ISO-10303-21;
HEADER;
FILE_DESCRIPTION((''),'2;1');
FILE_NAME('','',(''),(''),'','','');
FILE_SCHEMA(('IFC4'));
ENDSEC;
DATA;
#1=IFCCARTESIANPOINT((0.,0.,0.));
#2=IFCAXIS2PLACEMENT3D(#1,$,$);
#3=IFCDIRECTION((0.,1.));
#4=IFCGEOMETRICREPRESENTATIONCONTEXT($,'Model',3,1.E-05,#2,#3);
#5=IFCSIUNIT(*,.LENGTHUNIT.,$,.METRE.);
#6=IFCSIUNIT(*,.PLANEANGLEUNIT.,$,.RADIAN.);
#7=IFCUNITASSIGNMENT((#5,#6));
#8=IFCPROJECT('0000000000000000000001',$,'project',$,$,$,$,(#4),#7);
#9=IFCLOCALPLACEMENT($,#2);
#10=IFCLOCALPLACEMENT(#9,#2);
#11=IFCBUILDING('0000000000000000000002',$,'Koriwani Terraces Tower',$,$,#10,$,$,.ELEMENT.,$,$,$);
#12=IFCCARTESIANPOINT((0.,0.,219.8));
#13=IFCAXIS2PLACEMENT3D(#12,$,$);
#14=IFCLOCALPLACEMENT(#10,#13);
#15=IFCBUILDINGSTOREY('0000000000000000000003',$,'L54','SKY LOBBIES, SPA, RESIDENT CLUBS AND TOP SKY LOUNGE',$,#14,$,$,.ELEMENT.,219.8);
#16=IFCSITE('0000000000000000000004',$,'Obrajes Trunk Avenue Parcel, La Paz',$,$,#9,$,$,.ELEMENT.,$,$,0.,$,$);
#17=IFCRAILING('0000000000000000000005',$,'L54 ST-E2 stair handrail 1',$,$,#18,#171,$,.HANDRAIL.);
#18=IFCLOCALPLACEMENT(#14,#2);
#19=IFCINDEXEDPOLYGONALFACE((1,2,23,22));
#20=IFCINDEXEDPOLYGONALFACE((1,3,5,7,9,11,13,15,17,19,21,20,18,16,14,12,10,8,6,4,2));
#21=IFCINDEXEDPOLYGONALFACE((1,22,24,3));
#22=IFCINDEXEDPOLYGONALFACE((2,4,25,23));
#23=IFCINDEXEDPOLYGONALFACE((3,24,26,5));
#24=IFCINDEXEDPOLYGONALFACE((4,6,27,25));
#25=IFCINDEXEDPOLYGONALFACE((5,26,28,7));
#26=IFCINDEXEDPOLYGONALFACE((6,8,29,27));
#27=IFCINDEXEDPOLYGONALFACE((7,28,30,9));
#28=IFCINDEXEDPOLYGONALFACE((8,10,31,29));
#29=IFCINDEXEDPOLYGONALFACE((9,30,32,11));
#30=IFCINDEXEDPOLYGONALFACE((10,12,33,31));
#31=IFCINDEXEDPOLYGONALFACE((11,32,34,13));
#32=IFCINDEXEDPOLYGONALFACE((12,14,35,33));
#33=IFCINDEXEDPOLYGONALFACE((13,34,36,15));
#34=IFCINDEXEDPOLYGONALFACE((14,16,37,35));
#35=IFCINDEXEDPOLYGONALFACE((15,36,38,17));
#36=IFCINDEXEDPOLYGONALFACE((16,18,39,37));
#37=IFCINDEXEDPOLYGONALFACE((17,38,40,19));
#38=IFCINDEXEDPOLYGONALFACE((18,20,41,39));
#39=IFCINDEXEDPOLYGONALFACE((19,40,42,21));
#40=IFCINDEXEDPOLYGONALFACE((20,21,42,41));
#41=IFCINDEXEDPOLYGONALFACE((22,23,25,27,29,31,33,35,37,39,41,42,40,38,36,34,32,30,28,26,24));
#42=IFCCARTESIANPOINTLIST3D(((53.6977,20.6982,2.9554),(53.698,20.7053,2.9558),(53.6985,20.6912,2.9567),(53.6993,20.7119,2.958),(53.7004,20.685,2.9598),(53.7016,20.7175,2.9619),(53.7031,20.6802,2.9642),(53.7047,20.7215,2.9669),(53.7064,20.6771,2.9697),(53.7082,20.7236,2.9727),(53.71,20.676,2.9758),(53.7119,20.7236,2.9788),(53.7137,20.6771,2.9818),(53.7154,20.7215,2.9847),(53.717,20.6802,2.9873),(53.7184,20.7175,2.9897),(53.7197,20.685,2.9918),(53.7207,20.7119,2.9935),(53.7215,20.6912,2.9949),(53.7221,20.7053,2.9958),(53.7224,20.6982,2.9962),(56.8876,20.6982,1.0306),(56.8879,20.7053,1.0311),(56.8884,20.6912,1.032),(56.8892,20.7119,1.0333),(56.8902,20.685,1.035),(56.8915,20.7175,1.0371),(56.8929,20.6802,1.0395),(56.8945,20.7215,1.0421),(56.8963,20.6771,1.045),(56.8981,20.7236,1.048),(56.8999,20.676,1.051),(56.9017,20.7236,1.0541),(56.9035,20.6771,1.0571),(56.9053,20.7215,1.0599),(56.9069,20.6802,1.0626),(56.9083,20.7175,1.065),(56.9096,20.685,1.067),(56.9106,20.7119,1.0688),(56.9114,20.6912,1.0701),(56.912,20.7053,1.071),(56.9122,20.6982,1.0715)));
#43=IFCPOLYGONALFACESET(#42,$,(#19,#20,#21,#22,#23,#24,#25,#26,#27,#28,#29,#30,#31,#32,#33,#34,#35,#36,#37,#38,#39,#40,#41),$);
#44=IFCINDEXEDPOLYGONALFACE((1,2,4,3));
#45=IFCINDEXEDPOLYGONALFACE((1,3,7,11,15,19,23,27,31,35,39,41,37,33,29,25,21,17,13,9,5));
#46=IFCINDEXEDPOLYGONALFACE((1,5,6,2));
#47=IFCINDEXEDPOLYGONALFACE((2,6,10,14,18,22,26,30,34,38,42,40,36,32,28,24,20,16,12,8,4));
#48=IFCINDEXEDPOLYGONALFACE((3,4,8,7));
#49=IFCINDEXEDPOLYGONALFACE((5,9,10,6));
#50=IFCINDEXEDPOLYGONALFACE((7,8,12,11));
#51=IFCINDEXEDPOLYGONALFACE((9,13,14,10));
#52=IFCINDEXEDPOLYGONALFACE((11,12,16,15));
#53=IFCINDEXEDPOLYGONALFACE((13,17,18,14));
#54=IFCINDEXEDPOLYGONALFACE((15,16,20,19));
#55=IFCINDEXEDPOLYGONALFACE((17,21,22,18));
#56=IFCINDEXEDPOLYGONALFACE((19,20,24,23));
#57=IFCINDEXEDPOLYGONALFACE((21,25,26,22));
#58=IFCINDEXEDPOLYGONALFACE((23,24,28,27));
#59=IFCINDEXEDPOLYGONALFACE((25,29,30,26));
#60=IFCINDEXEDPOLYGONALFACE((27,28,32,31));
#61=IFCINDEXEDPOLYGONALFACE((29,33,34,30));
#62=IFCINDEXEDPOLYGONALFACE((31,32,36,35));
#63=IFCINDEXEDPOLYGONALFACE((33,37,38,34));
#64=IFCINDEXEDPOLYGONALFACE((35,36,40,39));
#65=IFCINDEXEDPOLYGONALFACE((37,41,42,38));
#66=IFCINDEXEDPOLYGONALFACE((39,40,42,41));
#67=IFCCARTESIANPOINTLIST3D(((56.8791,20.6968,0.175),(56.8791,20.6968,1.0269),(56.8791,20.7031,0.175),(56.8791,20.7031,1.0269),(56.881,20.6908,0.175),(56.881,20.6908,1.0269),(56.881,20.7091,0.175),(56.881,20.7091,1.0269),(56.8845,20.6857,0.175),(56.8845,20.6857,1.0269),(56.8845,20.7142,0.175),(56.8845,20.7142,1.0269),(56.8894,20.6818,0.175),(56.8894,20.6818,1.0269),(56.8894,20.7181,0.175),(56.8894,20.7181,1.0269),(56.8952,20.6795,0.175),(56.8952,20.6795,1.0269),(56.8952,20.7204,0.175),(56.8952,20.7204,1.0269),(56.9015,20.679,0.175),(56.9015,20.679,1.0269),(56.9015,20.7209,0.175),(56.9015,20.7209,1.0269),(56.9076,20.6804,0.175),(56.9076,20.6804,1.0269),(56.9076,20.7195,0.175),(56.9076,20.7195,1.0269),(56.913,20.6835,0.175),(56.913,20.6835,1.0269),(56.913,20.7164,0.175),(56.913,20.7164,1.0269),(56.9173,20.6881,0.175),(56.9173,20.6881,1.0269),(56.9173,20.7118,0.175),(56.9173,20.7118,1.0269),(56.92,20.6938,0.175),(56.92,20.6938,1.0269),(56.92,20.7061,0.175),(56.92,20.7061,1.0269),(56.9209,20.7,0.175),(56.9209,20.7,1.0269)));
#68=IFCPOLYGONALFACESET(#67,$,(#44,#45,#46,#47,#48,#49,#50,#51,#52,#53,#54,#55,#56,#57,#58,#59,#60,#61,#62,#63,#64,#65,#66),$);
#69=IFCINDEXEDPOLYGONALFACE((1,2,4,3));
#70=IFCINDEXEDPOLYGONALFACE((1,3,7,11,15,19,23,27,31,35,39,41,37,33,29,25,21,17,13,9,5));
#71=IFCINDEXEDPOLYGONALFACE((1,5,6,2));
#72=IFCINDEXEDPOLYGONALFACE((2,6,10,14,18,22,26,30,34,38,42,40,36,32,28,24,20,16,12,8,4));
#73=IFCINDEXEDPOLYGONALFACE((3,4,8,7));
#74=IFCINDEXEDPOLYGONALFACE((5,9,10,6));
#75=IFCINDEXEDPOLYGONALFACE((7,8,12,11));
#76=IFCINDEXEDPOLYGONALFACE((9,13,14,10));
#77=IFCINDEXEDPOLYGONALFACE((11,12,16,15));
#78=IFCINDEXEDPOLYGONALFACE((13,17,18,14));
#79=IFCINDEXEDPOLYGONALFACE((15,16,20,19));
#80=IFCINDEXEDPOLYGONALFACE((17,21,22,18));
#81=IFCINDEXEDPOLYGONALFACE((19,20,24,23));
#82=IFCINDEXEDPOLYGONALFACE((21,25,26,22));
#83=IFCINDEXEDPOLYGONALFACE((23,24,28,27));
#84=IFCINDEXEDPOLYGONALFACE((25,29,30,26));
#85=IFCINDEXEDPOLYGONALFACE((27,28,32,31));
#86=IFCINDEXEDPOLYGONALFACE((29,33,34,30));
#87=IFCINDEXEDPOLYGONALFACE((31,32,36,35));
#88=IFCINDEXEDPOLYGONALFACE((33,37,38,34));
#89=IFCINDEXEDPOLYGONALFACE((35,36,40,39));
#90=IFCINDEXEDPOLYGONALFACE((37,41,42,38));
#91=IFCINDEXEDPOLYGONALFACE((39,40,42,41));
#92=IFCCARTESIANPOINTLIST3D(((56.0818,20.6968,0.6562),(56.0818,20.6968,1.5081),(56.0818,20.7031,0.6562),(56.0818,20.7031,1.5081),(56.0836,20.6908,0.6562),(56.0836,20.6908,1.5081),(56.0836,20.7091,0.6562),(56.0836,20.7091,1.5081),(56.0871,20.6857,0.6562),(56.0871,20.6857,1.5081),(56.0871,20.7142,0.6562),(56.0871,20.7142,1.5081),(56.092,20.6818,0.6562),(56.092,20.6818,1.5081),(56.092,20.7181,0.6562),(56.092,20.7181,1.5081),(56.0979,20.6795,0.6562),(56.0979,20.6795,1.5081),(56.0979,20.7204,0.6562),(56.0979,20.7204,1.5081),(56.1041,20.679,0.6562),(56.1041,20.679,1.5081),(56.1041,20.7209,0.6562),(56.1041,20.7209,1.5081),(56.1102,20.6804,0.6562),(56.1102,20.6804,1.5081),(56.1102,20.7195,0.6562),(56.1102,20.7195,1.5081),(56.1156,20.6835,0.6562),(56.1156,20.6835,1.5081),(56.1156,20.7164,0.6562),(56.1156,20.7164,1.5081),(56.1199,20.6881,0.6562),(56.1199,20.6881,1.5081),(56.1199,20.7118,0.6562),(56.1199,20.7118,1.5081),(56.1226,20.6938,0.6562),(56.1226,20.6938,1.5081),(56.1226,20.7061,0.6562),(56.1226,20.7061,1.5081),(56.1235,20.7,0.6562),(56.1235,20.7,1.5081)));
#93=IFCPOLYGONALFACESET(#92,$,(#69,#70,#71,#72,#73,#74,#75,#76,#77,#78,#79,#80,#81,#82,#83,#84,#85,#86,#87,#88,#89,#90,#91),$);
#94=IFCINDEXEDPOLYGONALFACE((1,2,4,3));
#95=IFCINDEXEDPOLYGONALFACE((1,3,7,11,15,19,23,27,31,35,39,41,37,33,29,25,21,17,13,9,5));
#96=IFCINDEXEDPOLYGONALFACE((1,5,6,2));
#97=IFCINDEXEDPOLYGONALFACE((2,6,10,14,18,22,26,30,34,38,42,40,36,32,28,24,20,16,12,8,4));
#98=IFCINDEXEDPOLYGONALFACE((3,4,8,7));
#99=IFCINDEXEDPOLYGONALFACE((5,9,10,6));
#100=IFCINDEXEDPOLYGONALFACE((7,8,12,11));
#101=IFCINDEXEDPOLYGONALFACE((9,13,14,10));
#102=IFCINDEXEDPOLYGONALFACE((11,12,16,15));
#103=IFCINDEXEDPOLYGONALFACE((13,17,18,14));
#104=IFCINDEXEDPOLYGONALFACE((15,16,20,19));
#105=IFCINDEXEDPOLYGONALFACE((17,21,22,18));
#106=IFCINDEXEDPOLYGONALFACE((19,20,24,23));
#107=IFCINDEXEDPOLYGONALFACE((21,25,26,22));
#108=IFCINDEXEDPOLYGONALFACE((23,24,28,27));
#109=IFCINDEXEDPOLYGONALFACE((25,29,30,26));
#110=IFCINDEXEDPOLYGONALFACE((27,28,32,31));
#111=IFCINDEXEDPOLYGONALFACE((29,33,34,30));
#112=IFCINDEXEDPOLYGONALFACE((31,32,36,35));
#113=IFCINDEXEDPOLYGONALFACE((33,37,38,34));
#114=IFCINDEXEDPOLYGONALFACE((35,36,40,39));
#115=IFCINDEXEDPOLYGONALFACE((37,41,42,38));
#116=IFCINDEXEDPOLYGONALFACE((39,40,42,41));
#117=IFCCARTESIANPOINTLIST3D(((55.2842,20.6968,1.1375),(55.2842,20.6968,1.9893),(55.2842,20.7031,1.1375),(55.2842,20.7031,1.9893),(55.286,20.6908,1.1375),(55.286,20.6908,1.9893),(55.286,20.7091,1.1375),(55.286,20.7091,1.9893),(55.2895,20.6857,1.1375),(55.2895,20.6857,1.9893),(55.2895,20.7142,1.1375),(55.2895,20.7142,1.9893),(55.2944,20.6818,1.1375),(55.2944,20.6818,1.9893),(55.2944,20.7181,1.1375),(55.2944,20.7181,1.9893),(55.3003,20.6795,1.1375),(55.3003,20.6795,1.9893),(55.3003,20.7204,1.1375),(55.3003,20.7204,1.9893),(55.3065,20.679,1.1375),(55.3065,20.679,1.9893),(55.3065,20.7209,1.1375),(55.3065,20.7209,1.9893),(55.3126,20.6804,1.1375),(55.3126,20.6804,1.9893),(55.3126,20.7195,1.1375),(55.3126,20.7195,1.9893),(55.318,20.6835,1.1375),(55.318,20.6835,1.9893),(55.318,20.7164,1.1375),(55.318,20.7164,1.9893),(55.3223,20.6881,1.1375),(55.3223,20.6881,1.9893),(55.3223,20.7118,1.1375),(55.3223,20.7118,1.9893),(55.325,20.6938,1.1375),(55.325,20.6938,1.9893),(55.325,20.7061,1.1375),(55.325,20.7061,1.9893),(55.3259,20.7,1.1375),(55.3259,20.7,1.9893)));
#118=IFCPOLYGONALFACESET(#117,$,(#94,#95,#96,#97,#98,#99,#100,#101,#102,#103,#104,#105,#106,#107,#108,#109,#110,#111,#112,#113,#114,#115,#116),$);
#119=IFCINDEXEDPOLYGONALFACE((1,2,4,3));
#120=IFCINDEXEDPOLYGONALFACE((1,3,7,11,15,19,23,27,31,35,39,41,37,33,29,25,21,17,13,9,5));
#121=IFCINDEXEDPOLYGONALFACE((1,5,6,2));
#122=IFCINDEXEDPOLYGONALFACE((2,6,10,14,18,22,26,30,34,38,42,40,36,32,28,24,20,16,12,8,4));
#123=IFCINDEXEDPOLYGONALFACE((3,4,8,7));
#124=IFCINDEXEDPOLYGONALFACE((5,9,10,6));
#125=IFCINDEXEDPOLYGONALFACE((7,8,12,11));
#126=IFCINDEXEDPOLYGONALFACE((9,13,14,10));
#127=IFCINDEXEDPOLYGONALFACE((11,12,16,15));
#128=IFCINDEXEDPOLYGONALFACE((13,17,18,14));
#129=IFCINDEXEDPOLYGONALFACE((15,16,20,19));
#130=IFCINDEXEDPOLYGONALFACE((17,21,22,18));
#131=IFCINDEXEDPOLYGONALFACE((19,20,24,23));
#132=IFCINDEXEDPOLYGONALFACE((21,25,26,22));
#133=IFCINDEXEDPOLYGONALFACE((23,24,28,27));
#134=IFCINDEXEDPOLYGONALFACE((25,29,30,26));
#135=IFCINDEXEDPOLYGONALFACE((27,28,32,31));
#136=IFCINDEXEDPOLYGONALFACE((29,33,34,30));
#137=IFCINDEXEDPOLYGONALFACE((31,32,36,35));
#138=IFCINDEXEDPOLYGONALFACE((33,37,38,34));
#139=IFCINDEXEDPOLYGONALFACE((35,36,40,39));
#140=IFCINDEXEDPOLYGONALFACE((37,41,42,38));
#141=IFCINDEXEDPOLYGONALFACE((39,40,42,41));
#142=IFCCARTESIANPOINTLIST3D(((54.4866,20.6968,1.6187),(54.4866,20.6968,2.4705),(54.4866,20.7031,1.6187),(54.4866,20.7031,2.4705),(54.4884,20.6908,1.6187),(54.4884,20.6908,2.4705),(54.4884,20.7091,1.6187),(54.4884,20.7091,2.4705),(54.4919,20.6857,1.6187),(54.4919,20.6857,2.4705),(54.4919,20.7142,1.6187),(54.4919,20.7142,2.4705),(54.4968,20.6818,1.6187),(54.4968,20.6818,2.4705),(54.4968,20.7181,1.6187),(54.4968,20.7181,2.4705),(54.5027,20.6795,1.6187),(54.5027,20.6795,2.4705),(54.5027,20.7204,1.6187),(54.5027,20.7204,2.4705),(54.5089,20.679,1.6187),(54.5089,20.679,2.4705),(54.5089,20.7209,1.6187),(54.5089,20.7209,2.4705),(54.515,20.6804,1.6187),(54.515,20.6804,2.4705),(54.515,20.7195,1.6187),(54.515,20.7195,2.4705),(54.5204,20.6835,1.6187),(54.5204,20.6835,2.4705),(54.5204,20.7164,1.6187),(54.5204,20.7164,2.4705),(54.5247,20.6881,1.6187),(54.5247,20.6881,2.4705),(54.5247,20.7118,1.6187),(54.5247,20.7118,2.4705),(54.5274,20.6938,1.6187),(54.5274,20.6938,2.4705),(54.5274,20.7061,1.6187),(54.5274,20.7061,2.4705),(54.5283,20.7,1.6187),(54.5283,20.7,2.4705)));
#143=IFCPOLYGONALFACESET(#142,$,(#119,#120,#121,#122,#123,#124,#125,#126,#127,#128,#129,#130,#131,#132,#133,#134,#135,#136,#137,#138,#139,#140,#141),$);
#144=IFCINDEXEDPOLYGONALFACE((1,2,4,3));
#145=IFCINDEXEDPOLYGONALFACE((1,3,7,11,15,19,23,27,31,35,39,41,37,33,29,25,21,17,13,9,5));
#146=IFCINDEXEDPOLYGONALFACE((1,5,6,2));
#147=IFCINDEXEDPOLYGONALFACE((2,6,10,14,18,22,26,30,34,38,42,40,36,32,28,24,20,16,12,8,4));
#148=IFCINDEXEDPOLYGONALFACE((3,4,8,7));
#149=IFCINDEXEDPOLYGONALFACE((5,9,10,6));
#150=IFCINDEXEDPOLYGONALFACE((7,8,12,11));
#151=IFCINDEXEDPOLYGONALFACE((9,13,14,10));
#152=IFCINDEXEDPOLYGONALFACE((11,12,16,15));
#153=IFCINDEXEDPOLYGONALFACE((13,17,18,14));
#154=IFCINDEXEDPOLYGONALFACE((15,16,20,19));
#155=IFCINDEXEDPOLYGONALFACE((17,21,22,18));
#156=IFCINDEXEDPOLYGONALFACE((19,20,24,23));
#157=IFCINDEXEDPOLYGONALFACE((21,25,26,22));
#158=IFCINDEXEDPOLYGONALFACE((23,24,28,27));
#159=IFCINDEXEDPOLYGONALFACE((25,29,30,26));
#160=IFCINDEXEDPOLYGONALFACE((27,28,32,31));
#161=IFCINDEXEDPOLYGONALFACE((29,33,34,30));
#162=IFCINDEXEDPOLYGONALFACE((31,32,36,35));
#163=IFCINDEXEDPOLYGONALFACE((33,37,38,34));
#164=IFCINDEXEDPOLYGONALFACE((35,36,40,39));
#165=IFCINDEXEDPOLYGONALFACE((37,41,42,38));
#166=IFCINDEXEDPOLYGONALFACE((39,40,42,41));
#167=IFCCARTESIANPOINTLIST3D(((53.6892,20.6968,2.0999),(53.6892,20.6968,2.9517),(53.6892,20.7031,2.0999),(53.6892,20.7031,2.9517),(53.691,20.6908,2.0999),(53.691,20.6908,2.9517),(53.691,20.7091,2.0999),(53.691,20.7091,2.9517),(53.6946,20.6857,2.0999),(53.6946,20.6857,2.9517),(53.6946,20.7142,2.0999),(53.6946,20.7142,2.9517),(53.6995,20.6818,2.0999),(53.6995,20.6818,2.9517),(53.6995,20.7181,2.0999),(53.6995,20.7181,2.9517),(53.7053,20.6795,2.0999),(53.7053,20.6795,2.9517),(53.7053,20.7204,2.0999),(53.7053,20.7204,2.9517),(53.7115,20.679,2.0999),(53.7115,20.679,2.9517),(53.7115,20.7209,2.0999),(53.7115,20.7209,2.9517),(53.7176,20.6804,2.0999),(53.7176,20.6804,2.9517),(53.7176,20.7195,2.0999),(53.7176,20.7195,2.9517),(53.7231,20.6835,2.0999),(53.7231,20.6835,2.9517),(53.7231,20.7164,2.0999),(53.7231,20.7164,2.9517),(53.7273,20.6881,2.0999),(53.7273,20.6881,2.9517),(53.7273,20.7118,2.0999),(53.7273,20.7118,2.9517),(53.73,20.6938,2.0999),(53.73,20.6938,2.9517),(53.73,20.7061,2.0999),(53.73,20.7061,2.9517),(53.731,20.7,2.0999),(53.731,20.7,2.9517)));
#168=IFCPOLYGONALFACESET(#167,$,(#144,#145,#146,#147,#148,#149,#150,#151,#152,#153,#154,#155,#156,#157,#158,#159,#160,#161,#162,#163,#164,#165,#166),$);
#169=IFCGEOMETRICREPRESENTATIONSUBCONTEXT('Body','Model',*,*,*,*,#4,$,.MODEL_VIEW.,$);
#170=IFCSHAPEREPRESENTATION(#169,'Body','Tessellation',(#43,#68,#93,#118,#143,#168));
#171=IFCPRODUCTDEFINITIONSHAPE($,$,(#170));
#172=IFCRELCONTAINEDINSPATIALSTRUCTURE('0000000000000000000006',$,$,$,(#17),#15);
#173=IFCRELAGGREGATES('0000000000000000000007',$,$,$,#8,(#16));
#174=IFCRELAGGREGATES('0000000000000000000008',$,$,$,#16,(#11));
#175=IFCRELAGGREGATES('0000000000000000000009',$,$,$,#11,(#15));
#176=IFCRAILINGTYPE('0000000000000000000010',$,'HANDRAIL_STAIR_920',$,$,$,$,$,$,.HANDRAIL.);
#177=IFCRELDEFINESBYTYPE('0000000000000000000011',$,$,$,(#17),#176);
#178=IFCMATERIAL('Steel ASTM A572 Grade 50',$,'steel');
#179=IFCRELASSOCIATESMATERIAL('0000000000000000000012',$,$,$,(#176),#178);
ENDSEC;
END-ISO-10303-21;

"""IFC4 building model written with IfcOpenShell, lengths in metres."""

from ifc_helpers import new_model, si_unit, direction, frame, origin, origin_2d, place, context, subcontext, project, spatial, circle, extrude, material, type_object, element, save


model = new_model("IFC4")

# Units and contexts
model_context = context("Model", 3, precision=1e-05, world=origin(), true_north=direction((0.0, 1.0)))
body_context = subcontext(model_context, "Body", "Model", "MODEL_VIEW")
ifc_project = project(units=[si_unit("LENGTHUNIT", "METRE"), si_unit("PLANEANGLEUNIT", "RADIAN")], contexts=[model_context])

# Site, building, storey
site_placement = place(None, origin())
site = spatial("IfcSite", under=ifc_project, at=site_placement, Name="Obrajes Trunk Avenue Parcel, La Paz", CompositionType="ELEMENT", RefElevation=0.0)
building_placement = place(site_placement, origin())
building = spatial("IfcBuilding", under=site, at=building_placement, Name="Koriwani Terraces Tower", CompositionType="ELEMENT")
storey_placement = place(building_placement, frame((0.0, 0.0, 219.8)))
storey = spatial("IfcBuildingStorey", under=building, at=storey_placement, Name="L54", Description="SKY LOBBIES, SPA, RESIDENT CLUBS AND TOP SKY LOUNGE", CompositionType="ELEMENT", Elevation=219.8)

# Shared definitions
ifc_material_1 = material(Name="Steel ASTM A572 Grade 50", Category="steel")

# Railing
railing_type_1 = type_object("IfcRailingType", Name="HANDRAIL_STAIR_920", PredefinedType="HANDRAIL", material=ifc_material_1)
railing_1_placement = place(storey_placement, frame((56.8999, 20.7, 0.175)))
element("IfcRailing", 1, at=railing_1_placement, inside=storey, type_object=railing_type_1, Name="L54 ST-E2 stair handrail 1", PredefinedType="HANDRAIL", context=body_context, shape_type="SweptSolid", body=[
    extrude(circle(Radius=0.0239, at=origin_2d()), frame((0.0, 0.0, 0.876), z_axis=(-0.856207, 0.0, 0.516633), x_axis=(0.0, -1.0, 0.0)), (0.0, 0.0, 1.0), 3.7256),
    extrude(circle(Radius=0.021, at=origin_2d()), origin(), (0.0, 0.0, 1.0), 0.8518),
    extrude(circle(Radius=0.021, at=origin_2d()), frame((-0.7974, 0.0, 0.4812)), (0.0, 0.0, 1.0), 0.8518),
    extrude(circle(Radius=0.021, at=origin_2d()), frame((-1.595, 0.0, 0.9624)), (0.0, 0.0, 1.0), 0.8518),
    extrude(circle(Radius=0.021, at=origin_2d()), frame((-2.3926, 0.0, 1.4436)), (0.0, 0.0, 1.0), 0.8518),
    extrude(circle(Radius=0.021, at=origin_2d()), frame((-3.1899, 0.0, 1.9248)), (0.0, 0.0, 1.0), 0.8518),
])

save(model, "model.ifc")
